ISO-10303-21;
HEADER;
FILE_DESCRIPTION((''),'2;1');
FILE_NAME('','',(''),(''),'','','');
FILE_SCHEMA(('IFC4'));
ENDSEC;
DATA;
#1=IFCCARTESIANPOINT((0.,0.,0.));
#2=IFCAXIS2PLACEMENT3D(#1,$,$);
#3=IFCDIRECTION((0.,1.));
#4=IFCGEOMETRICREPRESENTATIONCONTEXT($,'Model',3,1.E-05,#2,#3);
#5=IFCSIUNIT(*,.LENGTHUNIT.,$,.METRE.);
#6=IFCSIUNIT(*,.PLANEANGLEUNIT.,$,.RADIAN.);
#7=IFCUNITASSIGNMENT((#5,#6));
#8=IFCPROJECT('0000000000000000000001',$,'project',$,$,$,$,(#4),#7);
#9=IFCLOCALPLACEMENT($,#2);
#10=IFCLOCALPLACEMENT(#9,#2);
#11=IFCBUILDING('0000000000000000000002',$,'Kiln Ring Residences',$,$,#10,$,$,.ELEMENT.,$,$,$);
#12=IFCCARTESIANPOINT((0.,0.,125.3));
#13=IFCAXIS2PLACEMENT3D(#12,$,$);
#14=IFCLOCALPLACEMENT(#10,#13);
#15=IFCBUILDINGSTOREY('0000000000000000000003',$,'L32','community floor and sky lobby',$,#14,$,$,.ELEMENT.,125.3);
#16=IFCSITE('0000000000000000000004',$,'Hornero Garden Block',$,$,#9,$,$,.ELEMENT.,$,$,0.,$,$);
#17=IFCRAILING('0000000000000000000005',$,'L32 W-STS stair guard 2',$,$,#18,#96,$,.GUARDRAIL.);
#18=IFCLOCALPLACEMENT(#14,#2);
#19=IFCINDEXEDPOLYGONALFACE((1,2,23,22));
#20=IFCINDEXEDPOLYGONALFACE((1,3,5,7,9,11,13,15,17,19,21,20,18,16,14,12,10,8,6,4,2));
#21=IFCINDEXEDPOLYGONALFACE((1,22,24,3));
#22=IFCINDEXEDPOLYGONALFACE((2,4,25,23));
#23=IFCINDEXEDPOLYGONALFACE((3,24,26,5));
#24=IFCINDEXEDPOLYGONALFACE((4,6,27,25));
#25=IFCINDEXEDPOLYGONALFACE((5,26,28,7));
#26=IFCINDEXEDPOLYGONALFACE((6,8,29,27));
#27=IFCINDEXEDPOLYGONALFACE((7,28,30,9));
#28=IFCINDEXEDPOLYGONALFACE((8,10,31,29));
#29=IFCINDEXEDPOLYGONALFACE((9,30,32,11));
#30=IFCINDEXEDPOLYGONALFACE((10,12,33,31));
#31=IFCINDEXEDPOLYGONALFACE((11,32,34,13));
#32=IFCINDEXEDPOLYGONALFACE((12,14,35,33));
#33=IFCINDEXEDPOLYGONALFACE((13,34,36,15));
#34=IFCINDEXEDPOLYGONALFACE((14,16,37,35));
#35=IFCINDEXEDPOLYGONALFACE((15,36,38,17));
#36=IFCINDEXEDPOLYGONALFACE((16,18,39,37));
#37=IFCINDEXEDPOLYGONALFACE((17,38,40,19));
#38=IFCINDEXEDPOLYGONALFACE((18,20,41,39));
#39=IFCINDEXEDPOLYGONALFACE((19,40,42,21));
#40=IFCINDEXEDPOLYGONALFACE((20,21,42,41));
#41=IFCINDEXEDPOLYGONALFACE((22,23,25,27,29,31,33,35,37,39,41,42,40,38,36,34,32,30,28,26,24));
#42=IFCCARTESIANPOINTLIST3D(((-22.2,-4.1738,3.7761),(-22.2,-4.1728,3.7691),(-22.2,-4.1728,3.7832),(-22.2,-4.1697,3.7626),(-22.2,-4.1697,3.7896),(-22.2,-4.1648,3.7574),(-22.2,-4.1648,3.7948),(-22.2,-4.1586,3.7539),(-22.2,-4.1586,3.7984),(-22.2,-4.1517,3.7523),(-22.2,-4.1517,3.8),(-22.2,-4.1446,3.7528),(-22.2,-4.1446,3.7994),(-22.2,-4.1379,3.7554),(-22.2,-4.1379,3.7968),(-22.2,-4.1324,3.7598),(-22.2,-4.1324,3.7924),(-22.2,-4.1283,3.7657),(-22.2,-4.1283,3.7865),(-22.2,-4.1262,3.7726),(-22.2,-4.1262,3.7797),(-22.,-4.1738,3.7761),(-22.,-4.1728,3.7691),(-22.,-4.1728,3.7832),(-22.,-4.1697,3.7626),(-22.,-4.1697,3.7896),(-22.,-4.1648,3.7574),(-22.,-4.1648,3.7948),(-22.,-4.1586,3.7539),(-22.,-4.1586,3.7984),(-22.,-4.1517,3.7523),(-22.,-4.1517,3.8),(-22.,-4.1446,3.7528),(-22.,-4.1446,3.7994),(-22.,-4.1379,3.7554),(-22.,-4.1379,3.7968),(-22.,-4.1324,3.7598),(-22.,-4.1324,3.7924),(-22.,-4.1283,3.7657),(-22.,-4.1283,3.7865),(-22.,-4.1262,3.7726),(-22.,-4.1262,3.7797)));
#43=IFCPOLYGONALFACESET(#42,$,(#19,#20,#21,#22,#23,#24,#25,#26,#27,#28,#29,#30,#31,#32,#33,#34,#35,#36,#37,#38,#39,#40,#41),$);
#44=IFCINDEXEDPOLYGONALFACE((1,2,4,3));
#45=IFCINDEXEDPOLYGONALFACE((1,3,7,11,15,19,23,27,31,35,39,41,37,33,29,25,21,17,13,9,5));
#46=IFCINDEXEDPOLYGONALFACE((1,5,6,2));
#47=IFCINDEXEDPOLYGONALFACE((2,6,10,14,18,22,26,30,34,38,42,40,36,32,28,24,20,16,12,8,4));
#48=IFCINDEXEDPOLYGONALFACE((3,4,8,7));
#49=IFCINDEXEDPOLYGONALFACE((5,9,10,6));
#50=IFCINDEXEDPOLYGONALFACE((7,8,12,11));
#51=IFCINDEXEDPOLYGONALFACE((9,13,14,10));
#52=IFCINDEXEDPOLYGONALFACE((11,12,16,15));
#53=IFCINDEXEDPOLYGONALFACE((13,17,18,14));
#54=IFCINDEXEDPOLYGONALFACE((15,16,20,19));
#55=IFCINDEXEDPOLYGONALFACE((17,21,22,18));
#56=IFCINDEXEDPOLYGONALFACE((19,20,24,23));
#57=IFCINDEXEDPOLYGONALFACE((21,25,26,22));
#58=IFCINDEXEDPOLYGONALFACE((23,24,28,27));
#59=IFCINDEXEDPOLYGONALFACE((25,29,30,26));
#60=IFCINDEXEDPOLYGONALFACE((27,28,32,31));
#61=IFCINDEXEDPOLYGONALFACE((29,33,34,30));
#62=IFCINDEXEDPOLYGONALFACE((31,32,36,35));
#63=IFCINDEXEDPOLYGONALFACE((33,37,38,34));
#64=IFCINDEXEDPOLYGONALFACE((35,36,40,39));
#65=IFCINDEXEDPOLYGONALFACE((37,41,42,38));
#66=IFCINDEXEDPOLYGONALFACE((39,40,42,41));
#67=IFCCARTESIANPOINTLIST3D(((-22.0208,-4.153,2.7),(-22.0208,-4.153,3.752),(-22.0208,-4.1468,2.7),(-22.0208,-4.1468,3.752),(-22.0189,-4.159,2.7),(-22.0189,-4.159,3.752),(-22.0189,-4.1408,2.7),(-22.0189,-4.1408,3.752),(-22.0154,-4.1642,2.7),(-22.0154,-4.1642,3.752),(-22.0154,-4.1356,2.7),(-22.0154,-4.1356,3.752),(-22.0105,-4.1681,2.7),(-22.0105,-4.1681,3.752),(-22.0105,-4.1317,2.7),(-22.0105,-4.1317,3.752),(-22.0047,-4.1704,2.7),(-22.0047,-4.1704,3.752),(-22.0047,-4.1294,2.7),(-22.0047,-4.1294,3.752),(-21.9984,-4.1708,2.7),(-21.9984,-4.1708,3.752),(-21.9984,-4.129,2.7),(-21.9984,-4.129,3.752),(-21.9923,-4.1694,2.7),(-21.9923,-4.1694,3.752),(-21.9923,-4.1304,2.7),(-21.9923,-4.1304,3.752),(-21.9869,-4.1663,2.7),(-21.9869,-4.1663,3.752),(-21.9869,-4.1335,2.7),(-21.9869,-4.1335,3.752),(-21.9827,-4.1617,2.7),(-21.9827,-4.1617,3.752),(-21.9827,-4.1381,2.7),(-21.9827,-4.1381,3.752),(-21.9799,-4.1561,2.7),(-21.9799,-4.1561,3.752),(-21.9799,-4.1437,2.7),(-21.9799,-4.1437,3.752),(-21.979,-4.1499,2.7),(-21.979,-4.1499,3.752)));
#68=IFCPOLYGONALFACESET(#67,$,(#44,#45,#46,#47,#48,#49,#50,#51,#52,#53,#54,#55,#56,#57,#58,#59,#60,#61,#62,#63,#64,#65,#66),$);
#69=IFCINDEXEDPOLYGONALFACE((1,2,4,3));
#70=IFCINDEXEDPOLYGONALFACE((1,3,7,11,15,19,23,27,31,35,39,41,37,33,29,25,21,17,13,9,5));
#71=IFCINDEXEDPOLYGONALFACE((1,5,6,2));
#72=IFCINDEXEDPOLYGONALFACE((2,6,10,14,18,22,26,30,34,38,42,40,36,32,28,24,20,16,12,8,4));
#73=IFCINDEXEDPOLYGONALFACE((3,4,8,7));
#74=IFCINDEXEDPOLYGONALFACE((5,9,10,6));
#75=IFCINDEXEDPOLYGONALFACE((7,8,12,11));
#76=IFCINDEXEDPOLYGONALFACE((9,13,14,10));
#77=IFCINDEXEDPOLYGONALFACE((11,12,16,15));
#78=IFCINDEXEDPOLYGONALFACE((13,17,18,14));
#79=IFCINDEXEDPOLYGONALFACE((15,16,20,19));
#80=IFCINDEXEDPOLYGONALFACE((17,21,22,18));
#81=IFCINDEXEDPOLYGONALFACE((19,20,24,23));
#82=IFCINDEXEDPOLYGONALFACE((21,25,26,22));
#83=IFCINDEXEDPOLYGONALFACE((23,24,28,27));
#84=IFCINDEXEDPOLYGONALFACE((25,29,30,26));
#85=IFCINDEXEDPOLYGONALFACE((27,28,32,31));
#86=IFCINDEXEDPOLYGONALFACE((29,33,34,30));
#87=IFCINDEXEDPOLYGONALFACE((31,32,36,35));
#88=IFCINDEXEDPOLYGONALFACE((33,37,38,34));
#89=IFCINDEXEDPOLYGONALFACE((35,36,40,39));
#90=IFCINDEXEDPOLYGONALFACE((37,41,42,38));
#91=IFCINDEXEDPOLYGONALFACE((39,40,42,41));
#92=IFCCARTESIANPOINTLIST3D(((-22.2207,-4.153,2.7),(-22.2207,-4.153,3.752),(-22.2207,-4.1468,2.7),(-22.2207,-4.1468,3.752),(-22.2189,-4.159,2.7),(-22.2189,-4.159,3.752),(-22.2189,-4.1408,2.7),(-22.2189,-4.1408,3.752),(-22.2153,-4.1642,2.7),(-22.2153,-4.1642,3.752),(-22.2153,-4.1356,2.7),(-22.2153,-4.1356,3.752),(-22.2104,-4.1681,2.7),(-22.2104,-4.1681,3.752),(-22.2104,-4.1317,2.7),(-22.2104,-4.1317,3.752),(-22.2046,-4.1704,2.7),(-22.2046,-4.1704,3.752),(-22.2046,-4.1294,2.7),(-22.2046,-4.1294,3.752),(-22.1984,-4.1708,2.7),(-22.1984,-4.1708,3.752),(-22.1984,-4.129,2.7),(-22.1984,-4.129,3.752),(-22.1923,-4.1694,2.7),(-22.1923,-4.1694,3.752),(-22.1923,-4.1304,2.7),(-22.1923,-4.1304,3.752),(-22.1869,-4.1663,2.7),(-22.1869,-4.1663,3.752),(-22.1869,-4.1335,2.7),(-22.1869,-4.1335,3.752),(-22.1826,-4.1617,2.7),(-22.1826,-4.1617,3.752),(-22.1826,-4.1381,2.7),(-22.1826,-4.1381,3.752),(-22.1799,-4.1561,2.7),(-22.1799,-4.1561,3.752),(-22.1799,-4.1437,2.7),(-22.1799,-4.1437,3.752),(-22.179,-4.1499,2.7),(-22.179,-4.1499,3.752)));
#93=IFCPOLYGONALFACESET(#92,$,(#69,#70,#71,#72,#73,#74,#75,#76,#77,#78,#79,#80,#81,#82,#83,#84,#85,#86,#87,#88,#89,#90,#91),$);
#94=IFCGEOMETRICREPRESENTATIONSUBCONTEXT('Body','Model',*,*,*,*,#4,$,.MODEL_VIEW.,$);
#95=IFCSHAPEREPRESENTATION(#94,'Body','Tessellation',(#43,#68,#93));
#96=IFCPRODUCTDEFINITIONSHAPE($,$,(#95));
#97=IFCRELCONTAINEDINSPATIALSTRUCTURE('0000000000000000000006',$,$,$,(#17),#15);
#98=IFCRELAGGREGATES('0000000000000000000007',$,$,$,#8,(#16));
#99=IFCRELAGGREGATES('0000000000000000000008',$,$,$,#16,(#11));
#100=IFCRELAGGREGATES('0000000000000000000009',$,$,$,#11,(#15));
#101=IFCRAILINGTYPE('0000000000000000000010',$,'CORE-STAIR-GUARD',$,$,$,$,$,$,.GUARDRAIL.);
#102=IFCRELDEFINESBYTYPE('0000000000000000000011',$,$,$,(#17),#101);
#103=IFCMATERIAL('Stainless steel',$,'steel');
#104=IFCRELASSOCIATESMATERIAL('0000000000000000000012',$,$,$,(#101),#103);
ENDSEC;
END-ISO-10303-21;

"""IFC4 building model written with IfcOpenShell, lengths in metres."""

from ifc_helpers import new_model, si_unit, direction, frame, origin, origin_2d, place, context, subcontext, project, spatial, circle, extrude, material, type_object, element, save


model = new_model("IFC4")

# Units and contexts
model_context = context("Model", 3, precision=1e-05, world=origin(), true_north=direction((0.0, 1.0)))
body_context = subcontext(model_context, "Body", "Model", "MODEL_VIEW")
ifc_project = project(units=[si_unit("LENGTHUNIT", "METRE"), si_unit("PLANEANGLEUNIT", "RADIAN")], contexts=[model_context])

# Site, building, storey
site_placement = place(None, origin())
site = spatial("IfcSite", under=ifc_project, at=site_placement, Name="Hornero Garden Block", CompositionType="ELEMENT", RefElevation=0.0)
building_placement = place(site_placement, origin())
building = spatial("IfcBuilding", under=site, at=building_placement, Name="Kiln Ring Residences", CompositionType="ELEMENT")
storey_placement = place(building_placement, frame((0.0, 0.0, 125.3)))
storey = spatial("IfcBuildingStorey", under=building, at=storey_placement, Name="L32", Description="community floor and sky lobby", CompositionType="ELEMENT", Elevation=125.3)

# Railing
ifc_material_1 = material(Name="Stainless steel", Category="steel")
railing_type_1 = type_object("IfcRailingType", Name="CORE-STAIR-GUARD", PredefinedType="GUARDRAIL", material=ifc_material_1)
railing_1_placement = place(storey_placement, frame((-22.0, -4.1499, 2.7)))
element("IfcRailing", 1, at=railing_1_placement, inside=storey, type_object=railing_type_1, Name="L32 W-STS stair guard 2", PredefinedType="GUARDRAIL", context=body_context, shape_type="SweptSolid", body=[
    extrude(circle(Radius=0.0239, at=origin_2d()), frame((0.0, 0.0, 1.0762), z_axis=(-1.0, 0.0, 0.0), x_axis=(0.0, -1.0, 0.0)), (0.0, 0.0, 1.0), 0.2),
    extrude(circle(Radius=0.021, at=origin_2d()), origin(), (0.0, 0.0, 1.0), 1.052),
    extrude(circle(Radius=0.021, at=origin_2d()), frame((-0.2, 0.0, 0.0)), (0.0, 0.0, 1.0), 1.052),
])

save(model, "model.ifc")
